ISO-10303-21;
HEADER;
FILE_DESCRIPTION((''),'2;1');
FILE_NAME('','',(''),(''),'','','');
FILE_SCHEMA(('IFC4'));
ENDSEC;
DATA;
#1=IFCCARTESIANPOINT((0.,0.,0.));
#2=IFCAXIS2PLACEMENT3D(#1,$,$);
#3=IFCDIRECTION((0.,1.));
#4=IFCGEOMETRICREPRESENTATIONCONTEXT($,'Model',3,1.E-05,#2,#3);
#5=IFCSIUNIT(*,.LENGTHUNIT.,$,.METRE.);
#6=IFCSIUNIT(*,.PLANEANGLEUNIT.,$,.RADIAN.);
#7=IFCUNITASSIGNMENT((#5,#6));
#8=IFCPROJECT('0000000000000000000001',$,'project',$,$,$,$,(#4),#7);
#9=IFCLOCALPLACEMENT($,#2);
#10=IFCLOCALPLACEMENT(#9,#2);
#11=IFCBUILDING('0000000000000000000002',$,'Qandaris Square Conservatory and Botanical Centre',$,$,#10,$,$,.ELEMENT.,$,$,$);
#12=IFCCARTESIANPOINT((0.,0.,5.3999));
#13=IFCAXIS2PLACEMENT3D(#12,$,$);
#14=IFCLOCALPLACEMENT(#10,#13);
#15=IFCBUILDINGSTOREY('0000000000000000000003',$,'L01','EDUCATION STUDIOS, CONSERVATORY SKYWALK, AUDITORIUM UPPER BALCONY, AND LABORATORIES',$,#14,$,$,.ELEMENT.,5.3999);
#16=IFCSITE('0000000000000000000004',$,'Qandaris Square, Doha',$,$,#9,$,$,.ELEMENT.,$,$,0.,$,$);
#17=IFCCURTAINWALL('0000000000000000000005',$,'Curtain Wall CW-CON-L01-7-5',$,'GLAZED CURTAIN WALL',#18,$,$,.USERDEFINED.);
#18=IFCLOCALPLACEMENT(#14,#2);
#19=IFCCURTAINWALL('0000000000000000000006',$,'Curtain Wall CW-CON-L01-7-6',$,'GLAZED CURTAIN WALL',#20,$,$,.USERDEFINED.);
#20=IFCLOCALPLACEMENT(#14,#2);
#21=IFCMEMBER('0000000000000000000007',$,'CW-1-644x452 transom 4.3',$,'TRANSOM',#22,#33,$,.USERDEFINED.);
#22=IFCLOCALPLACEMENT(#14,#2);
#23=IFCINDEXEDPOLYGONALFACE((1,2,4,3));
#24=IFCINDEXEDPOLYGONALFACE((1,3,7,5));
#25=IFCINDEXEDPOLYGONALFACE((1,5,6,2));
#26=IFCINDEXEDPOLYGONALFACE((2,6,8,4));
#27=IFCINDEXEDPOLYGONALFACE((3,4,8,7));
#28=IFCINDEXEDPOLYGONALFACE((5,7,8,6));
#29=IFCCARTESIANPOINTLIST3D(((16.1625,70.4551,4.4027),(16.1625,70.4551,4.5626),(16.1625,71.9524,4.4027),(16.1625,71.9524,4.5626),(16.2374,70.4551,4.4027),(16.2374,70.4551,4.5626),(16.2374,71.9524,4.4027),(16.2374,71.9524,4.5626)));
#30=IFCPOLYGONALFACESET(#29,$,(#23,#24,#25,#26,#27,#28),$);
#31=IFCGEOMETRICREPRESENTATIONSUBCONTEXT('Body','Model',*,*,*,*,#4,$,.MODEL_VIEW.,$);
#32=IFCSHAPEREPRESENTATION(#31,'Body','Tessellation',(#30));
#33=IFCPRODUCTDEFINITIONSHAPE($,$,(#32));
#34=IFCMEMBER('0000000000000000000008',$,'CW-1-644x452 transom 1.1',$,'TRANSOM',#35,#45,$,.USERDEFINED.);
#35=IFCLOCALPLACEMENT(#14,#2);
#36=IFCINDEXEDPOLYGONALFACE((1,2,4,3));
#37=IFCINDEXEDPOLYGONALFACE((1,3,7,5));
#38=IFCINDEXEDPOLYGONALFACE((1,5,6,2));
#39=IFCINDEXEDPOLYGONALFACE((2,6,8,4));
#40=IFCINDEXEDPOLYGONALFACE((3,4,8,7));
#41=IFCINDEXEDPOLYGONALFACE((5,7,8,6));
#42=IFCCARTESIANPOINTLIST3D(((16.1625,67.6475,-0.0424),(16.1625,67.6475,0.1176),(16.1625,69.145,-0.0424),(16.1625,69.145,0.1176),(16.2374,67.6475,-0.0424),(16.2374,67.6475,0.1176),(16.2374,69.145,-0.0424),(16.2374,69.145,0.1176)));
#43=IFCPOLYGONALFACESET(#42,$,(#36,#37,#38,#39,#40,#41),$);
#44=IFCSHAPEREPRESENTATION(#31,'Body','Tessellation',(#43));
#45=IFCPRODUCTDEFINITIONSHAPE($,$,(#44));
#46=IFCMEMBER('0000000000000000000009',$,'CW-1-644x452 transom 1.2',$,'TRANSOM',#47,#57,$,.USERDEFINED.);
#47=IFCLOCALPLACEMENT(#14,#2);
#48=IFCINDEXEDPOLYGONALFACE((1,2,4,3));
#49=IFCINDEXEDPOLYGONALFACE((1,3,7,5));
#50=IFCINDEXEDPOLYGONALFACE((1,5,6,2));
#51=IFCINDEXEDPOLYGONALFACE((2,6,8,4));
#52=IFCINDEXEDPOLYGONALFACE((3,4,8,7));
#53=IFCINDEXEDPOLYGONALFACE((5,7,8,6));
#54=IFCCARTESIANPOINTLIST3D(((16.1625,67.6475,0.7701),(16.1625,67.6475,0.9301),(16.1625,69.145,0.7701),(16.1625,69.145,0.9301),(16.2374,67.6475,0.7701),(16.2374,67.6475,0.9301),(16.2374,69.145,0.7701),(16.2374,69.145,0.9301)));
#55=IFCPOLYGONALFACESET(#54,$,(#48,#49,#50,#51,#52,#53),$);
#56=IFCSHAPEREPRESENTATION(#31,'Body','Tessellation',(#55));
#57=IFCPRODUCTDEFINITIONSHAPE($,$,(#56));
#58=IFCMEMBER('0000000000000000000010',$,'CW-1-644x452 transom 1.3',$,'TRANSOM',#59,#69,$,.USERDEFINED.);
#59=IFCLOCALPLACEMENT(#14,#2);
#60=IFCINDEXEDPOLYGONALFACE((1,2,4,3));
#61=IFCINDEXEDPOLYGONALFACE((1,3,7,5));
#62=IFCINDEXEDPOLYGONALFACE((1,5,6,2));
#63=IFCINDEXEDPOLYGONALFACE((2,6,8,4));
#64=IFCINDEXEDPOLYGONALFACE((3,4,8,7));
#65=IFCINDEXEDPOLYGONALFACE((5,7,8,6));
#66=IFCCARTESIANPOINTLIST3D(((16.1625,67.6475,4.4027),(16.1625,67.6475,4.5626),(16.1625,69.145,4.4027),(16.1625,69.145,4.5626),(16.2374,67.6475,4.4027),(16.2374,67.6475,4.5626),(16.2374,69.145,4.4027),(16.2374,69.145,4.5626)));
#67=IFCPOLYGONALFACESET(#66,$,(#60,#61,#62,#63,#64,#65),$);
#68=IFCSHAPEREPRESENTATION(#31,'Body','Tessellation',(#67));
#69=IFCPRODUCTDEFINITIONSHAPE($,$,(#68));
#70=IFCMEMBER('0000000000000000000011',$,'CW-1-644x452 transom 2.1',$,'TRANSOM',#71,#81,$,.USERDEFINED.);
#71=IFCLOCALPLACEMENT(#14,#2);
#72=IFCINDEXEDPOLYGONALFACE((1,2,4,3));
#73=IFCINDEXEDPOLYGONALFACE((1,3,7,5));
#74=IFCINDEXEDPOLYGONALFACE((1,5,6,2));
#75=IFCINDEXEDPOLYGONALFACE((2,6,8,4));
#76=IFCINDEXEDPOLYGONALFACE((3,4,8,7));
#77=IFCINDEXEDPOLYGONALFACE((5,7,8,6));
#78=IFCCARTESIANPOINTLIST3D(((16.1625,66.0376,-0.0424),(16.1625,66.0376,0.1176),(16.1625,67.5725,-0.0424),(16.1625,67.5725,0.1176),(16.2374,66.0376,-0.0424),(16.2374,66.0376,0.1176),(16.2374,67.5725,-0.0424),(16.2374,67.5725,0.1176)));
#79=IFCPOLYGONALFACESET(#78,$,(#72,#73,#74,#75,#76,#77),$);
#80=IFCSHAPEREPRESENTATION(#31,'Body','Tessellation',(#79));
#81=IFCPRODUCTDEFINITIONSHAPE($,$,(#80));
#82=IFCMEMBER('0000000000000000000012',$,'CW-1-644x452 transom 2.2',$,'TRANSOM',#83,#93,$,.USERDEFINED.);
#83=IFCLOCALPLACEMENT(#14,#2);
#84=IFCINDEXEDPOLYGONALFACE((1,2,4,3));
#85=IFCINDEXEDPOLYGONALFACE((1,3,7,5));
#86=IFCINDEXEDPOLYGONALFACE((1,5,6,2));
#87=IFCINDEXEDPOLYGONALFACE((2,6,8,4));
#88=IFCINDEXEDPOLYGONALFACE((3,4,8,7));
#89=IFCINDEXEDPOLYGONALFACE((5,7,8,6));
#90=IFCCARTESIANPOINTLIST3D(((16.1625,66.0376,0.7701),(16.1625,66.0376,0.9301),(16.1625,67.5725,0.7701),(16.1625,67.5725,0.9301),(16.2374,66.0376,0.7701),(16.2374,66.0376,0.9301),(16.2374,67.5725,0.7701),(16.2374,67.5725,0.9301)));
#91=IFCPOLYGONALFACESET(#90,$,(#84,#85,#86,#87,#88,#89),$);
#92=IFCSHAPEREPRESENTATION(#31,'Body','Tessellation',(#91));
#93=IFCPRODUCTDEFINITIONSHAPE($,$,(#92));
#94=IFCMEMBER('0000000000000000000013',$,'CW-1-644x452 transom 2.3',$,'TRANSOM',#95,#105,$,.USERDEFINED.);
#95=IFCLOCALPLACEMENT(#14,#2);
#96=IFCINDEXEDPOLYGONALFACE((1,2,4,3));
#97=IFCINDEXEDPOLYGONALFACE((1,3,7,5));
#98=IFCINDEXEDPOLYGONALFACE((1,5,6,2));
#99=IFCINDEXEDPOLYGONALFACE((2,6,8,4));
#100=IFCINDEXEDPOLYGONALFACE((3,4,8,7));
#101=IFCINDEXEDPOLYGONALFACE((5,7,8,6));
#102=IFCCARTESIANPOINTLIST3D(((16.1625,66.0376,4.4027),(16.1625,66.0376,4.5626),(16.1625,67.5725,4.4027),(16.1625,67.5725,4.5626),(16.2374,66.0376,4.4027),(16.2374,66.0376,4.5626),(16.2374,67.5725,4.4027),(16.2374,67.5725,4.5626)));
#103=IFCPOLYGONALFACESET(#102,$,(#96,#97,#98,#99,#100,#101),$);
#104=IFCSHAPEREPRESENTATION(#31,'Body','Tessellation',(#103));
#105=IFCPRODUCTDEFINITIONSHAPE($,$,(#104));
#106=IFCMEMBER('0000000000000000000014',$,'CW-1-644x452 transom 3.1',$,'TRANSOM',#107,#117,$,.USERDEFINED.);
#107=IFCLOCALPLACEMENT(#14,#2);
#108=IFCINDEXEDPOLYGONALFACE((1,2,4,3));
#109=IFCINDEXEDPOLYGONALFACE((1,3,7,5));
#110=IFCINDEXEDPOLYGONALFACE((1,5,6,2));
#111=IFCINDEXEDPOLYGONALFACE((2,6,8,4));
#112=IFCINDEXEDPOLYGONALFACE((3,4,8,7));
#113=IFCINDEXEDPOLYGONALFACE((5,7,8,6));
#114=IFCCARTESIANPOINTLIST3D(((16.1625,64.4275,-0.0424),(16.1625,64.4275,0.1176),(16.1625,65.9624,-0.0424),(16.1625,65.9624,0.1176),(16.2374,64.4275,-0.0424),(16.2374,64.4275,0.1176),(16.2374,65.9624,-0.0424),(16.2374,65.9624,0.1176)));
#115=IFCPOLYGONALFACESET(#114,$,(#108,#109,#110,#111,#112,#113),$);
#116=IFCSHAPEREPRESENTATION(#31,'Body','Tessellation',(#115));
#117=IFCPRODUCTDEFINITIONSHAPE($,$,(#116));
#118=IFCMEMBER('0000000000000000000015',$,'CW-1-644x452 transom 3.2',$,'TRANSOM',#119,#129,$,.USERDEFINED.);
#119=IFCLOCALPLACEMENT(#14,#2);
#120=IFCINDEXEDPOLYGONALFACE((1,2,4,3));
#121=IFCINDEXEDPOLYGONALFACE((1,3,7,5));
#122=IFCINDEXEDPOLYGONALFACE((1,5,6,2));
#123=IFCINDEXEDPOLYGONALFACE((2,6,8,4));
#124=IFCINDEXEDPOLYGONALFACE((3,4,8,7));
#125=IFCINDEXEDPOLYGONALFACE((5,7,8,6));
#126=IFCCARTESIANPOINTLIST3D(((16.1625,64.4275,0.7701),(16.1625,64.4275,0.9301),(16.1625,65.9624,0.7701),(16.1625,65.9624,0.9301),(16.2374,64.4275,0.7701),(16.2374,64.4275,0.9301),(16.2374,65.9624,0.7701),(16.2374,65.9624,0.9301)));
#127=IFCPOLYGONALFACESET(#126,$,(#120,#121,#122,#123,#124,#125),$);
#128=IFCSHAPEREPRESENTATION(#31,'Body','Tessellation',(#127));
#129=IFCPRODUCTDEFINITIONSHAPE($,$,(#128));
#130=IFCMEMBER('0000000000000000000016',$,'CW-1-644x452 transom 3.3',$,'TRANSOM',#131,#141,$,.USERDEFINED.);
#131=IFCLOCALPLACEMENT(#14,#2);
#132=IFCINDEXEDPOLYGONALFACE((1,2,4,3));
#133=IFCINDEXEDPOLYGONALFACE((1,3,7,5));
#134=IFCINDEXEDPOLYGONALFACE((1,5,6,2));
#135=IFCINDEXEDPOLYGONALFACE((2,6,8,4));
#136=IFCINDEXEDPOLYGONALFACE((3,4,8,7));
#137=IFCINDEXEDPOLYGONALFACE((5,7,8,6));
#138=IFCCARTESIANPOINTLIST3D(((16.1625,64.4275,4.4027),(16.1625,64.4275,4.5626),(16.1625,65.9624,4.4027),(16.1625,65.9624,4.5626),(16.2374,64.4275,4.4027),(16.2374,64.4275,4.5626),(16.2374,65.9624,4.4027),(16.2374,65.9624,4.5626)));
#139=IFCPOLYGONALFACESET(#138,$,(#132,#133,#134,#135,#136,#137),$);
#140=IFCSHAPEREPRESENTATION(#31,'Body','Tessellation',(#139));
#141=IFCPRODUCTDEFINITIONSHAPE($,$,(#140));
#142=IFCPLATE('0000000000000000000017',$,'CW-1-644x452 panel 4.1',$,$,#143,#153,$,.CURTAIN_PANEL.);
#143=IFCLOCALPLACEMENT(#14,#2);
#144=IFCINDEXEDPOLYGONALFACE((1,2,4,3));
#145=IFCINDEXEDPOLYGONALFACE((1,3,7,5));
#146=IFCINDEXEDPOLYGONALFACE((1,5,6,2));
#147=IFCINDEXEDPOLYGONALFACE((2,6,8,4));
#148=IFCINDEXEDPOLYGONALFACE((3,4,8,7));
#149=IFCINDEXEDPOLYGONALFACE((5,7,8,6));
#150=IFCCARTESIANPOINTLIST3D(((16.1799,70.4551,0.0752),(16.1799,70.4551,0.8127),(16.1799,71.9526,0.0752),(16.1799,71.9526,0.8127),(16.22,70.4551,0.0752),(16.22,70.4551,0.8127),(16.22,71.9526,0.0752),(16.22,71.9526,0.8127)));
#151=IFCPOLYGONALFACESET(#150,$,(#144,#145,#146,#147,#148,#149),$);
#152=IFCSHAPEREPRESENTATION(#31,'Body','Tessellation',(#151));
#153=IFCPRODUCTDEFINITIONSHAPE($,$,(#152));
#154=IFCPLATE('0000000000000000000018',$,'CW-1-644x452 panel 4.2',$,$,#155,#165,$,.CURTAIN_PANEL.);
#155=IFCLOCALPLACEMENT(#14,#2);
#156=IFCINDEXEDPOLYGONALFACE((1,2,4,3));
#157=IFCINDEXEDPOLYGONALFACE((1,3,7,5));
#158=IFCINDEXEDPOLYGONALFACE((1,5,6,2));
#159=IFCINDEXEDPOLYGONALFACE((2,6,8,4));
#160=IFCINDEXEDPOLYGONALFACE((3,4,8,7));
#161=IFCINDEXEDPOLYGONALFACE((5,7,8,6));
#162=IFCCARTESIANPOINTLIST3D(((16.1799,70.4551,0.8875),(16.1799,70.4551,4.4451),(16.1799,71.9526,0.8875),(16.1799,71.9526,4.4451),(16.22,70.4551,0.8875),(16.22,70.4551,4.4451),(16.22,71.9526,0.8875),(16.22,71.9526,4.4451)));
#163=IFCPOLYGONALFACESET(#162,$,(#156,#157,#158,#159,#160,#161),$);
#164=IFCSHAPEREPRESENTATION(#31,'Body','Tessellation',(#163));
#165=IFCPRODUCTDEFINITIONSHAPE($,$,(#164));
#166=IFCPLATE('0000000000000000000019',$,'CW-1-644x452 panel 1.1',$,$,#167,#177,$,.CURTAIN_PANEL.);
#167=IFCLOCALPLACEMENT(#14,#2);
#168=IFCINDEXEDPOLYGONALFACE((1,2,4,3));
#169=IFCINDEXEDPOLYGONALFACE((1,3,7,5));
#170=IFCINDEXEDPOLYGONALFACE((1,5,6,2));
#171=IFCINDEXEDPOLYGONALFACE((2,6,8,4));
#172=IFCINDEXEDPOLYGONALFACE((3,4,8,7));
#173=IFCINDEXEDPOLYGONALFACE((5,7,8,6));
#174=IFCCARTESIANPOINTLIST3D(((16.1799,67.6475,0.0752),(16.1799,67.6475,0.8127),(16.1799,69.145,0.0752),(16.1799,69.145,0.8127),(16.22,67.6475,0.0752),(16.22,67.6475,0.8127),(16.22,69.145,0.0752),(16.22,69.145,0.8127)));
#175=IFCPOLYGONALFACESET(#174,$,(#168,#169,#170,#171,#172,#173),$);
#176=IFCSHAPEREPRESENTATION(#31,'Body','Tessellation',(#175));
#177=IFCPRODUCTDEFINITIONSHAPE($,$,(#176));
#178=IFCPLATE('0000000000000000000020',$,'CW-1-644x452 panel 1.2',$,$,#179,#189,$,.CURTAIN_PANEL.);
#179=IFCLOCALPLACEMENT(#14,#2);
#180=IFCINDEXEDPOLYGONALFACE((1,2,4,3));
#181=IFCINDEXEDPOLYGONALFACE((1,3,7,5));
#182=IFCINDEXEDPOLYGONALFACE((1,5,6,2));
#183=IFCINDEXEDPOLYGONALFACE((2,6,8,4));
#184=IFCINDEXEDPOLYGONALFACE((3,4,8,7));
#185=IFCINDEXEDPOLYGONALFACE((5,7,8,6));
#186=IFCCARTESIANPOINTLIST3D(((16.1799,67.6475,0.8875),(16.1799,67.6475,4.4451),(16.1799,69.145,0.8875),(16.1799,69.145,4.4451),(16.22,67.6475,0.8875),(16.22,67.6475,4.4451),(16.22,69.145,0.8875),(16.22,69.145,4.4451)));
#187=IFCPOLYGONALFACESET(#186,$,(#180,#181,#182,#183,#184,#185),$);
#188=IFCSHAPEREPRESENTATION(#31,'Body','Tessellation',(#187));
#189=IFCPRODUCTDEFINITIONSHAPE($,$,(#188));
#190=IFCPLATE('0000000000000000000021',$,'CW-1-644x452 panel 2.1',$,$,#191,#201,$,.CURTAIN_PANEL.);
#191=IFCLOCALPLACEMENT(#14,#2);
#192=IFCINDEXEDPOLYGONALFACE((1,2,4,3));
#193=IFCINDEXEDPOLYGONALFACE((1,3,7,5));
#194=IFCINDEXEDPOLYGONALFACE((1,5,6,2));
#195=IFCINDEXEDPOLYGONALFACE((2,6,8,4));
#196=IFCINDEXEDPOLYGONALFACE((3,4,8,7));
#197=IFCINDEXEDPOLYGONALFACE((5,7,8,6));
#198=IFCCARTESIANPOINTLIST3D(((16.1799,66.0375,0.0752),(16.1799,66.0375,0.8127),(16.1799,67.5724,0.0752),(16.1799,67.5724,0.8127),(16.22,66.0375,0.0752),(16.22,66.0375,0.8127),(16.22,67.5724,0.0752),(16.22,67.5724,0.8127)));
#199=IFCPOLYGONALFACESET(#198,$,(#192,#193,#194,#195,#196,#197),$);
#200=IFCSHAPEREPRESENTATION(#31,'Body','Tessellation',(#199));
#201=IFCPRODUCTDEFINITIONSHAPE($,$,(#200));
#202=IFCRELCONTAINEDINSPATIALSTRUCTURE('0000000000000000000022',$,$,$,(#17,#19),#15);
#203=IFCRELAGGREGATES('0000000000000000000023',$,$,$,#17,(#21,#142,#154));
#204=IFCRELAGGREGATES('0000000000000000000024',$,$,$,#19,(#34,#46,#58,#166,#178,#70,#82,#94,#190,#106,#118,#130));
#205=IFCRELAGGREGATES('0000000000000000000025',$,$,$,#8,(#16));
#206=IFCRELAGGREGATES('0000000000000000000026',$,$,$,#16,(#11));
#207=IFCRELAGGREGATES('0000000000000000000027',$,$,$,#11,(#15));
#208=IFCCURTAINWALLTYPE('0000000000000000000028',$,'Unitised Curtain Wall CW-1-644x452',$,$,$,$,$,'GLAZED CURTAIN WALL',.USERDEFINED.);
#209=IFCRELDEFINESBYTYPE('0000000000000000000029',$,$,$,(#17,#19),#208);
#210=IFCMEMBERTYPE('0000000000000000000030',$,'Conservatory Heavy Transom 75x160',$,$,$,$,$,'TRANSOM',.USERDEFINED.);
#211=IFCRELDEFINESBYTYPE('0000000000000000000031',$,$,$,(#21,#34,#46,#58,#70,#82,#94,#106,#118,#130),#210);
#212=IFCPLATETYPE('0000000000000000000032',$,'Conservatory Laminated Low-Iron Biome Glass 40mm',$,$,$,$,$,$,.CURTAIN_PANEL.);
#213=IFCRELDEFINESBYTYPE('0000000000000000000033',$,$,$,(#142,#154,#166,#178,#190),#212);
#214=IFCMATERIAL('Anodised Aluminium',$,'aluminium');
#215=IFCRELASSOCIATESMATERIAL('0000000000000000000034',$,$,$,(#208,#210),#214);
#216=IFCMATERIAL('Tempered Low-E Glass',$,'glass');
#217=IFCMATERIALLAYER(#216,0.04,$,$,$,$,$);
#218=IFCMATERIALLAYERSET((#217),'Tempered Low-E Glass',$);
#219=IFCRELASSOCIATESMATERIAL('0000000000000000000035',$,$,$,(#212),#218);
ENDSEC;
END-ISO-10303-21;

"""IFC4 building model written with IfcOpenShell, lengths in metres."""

from ifc_helpers import new_model, si_unit, direction, frame, origin, origin_2d, place, context, subcontext, project, spatial, rectangle, extrude, material, layer, layer_set, material_profile, profile_set, type_object, element, aggregate, save


model = new_model("IFC4")

# Units and contexts
model_context = context("Model", 3, precision=1e-05, world=origin(), true_north=direction((0.0, 1.0)))
body_context = subcontext(model_context, "Body", "Model", "MODEL_VIEW")
ifc_project = project(units=[si_unit("LENGTHUNIT", "METRE"), si_unit("PLANEANGLEUNIT", "RADIAN")], contexts=[model_context])

# Site, building, storey
site_placement = place(None, origin())
site = spatial("IfcSite", under=ifc_project, at=site_placement, Name="Qandaris Square, Doha", CompositionType="ELEMENT", RefElevation=0.0)
building_placement = place(site_placement, origin())
building = spatial("IfcBuilding", under=site, at=building_placement, Name="Qandaris Square Conservatory and Botanical Centre", CompositionType="ELEMENT")
storey_placement = place(building_placement, frame((0.0, 0.0, 5.3999)))
storey = spatial("IfcBuildingStorey", under=building, at=storey_placement, Name="L01", Description="EDUCATION STUDIOS, CONSERVATORY SKYWALK, AUDITORIUM UPPER BALCONY, AND LABORATORIES", CompositionType="ELEMENT", Elevation=5.3999)

# Curtain walls
ifc_material_1 = material(Name="Anodised Aluminium", Category="aluminium")
curtain_wall_type = type_object("IfcCurtainWallType", Name="Unitised Curtain Wall CW-1-644x452", ElementType="GLAZED CURTAIN WALL", PredefinedType="USERDEFINED", material=ifc_material_1)
curtain_wall_1_placement = place(storey_placement, origin())
curtain_wall_1 = element("IfcCurtainWall", 1, at=curtain_wall_1_placement, inside=storey, type_object=curtain_wall_type, Name="Curtain Wall CW-CON-L01-7-5", ObjectType="GLAZED CURTAIN WALL", PredefinedType="USERDEFINED")
curtain_wall_2_placement = place(storey_placement, origin())
curtain_wall_2 = element("IfcCurtainWall", 2, at=curtain_wall_2_placement, inside=storey, type_object=curtain_wall_type, Name="Curtain Wall CW-CON-L01-7-6", ObjectType="GLAZED CURTAIN WALL", PredefinedType="USERDEFINED")

# Members
ifc_material_profile_1 = material_profile(ifc_material_1, rectangle(XDim=0.075, YDim=0.1599, at=origin_2d()), Name="ALU-TRN 75x160")
ifc_profile_set_1 = profile_set([ifc_material_profile_1], Name="Anodised Aluminium")
member_type_1 = type_object("IfcMemberType", Name="Conservatory Heavy Transom 75x160", ElementType="TRANSOM", PredefinedType="USERDEFINED", material=ifc_profile_set_1)
member_1_placement = place(storey_placement, frame((16.2, 71.9524, 4.4827), z_axis=(0.0, -1.0, 0.0), x_axis=(1.0, 0.0, 0.0)))
member_1 = element("IfcMember", 3, at=member_1_placement, type_object=member_type_1, Name="CW-1-644x452 transom 4.3", ObjectType="TRANSOM", PredefinedType="USERDEFINED", context=body_context, shape_type="SweptSolid", body=[
    extrude(rectangle(XDim=0.075, YDim=0.1599, at=origin_2d()), origin(), (0.0, 0.0, 1.0), 1.4973),
])
member_2_placement = place(storey_placement, frame((16.2, 69.145, 0.0376), z_axis=(0.0, -1.0, 0.0), x_axis=(1.0, 0.0, 0.0)))
member_2 = element("IfcMember", 4, at=member_2_placement, type_object=member_type_1, Name="CW-1-644x452 transom 1.1", ObjectType="TRANSOM", PredefinedType="USERDEFINED", context=body_context, shape_type="SweptSolid", body=[
    extrude(rectangle(XDim=0.075, YDim=0.1599, at=origin_2d()), origin(), (0.0, 0.0, 1.0), 1.4976),
])
member_3_placement = place(storey_placement, frame((16.2, 69.145, 0.8501), z_axis=(0.0, -1.0, 0.0), x_axis=(1.0, 0.0, 0.0)))
member_3 = element("IfcMember", 5, at=member_3_placement, type_object=member_type_1, Name="CW-1-644x452 transom 1.2", ObjectType="TRANSOM", PredefinedType="USERDEFINED", context=body_context, shape_type="SweptSolid", body=[
    extrude(rectangle(XDim=0.075, YDim=0.1599, at=origin_2d()), origin(), (0.0, 0.0, 1.0), 1.4976),
])
member_4_placement = place(storey_placement, frame((16.2, 69.145, 4.4827), z_axis=(0.0, -1.0, 0.0), x_axis=(1.0, 0.0, 0.0)))
member_4 = element("IfcMember", 6, at=member_4_placement, type_object=member_type_1, Name="CW-1-644x452 transom 1.3", ObjectType="TRANSOM", PredefinedType="USERDEFINED", context=body_context, shape_type="SweptSolid", body=[
    extrude(rectangle(XDim=0.075, YDim=0.1599, at=origin_2d()), origin(), (0.0, 0.0, 1.0), 1.4976),
])
member_5_placement = place(storey_placement, frame((16.2, 67.5725, 0.0376), z_axis=(0.0, -1.0, 0.0), x_axis=(1.0, 0.0, 0.0)))
member_5 = element("IfcMember", 7, at=member_5_placement, type_object=member_type_1, Name="CW-1-644x452 transom 2.1", ObjectType="TRANSOM", PredefinedType="USERDEFINED", context=body_context, shape_type="SweptSolid", body=[
    extrude(rectangle(XDim=0.075, YDim=0.1599, at=origin_2d()), origin(), (0.0, 0.0, 1.0), 1.5349),
])
member_6_placement = place(storey_placement, frame((16.2, 67.5725, 0.8501), z_axis=(0.0, -1.0, 0.0), x_axis=(1.0, 0.0, 0.0)))
member_6 = element("IfcMember", 8, at=member_6_placement, type_object=member_type_1, Name="CW-1-644x452 transom 2.2", ObjectType="TRANSOM", PredefinedType="USERDEFINED", context=body_context, shape_type="SweptSolid", body=[
    extrude(rectangle(XDim=0.075, YDim=0.1599, at=origin_2d()), origin(), (0.0, 0.0, 1.0), 1.5349),
])
member_7_placement = place(storey_placement, frame((16.2, 67.5725, 4.4827), z_axis=(0.0, -1.0, 0.0), x_axis=(1.0, 0.0, 0.0)))
member_7 = element("IfcMember", 9, at=member_7_placement, type_object=member_type_1, Name="CW-1-644x452 transom 2.3", ObjectType="TRANSOM", PredefinedType="USERDEFINED", context=body_context, shape_type="SweptSolid", body=[
    extrude(rectangle(XDim=0.075, YDim=0.1599, at=origin_2d()), origin(), (0.0, 0.0, 1.0), 1.5349),
])
member_8_placement = place(storey_placement, frame((16.2, 65.9624, 0.0376), z_axis=(0.0, -1.0, 0.0), x_axis=(1.0, 0.0, 0.0)))
member_8 = element("IfcMember", 10, at=member_8_placement, type_object=member_type_1, Name="CW-1-644x452 transom 3.1", ObjectType="TRANSOM", PredefinedType="USERDEFINED", context=body_context, shape_type="SweptSolid", body=[
    extrude(rectangle(XDim=0.075, YDim=0.1599, at=origin_2d()), origin(), (0.0, 0.0, 1.0), 1.5349),
])
member_9_placement = place(storey_placement, frame((16.2, 65.9624, 0.8501), z_axis=(0.0, -1.0, 0.0), x_axis=(1.0, 0.0, 0.0)))
member_9 = element("IfcMember", 11, at=member_9_placement, type_object=member_type_1, Name="CW-1-644x452 transom 3.2", ObjectType="TRANSOM", PredefinedType="USERDEFINED", context=body_context, shape_type="SweptSolid", body=[
    extrude(rectangle(XDim=0.075, YDim=0.1599, at=origin_2d()), origin(), (0.0, 0.0, 1.0), 1.5349),
])
member_10_placement = place(storey_placement, frame((16.2, 65.9624, 4.4827), z_axis=(0.0, -1.0, 0.0), x_axis=(1.0, 0.0, 0.0)))
member_10 = element("IfcMember", 12, at=member_10_placement, type_object=member_type_1, Name="CW-1-644x452 transom 3.3", ObjectType="TRANSOM", PredefinedType="USERDEFINED", context=body_context, shape_type="SweptSolid", body=[
    extrude(rectangle(XDim=0.075, YDim=0.1599, at=origin_2d()), origin(), (0.0, 0.0, 1.0), 1.5349),
])

# Plates
ifc_material_2 = material(Name="Tempered Low-E Glass", Category="glass")
ifc_layer_1 = layer(ifc_material_2, 0.04)
ifc_layer_set_1 = layer_set([ifc_layer_1], Name="Tempered Low-E Glass")
plate_type_1 = type_object("IfcPlateType", Name="Conservatory Laminated Low-Iron Biome Glass 40mm", PredefinedType="CURTAIN_PANEL", material=ifc_layer_set_1)
plate_1_placement = place(storey_placement, frame((16.2, 71.2039, 0.0752), z_axis=(0.0, 0.0, 1.0), x_axis=(0.0, -1.0, 0.0)))
plate_1 = element("IfcPlate", 13, at=plate_1_placement, type_object=plate_type_1, Name="CW-1-644x452 panel 4.1", PredefinedType="CURTAIN_PANEL", context=body_context, shape_type="SweptSolid", body=[
    extrude(rectangle(XDim=1.4976, YDim=0.04, at=origin_2d()), origin(), (0.0, 0.0, 1.0), 0.7375),
])
plate_2_placement = place(storey_placement, frame((16.2, 71.2039, 0.8875), z_axis=(0.0, 0.0, 1.0), x_axis=(0.0, -1.0, 0.0)))
plate_2 = element("IfcPlate", 14, at=plate_2_placement, type_object=plate_type_1, Name="CW-1-644x452 panel 4.2", PredefinedType="CURTAIN_PANEL", context=body_context, shape_type="SweptSolid", body=[
    extrude(rectangle(XDim=1.4976, YDim=0.04, at=origin_2d()), origin(), (0.0, 0.0, 1.0), 3.5576),
])
aggregate(curtain_wall_1, [member_1, plate_1, plate_2])
plate_3_placement = place(storey_placement, frame((16.2, 68.3962, 0.0752), z_axis=(0.0, 0.0, 1.0), x_axis=(0.0, -1.0, 0.0)))
plate_3 = element("IfcPlate", 15, at=plate_3_placement, type_object=plate_type_1, Name="CW-1-644x452 panel 1.1", PredefinedType="CURTAIN_PANEL", context=body_context, shape_type="SweptSolid", body=[
    extrude(rectangle(XDim=1.4976, YDim=0.04, at=origin_2d()), origin(), (0.0, 0.0, 1.0), 0.7375),
])
plate_4_placement = place(storey_placement, frame((16.2, 68.3962, 0.8875), z_axis=(0.0, 0.0, 1.0), x_axis=(0.0, -1.0, 0.0)))
plate_4 = element("IfcPlate", 16, at=plate_4_placement, type_object=plate_type_1, Name="CW-1-644x452 panel 1.2", PredefinedType="CURTAIN_PANEL", context=body_context, shape_type="SweptSolid", body=[
    extrude(rectangle(XDim=1.4976, YDim=0.04, at=origin_2d()), origin(), (0.0, 0.0, 1.0), 3.5576),
])
plate_5_placement = place(storey_placement, frame((16.2, 66.8049, 0.0752), z_axis=(0.0, 0.0, 1.0), x_axis=(0.0, -1.0, 0.0)))
plate_5 = element("IfcPlate", 17, at=plate_5_placement, type_object=plate_type_1, Name="CW-1-644x452 panel 2.1", PredefinedType="CURTAIN_PANEL", context=body_context, shape_type="SweptSolid", body=[
    extrude(rectangle(XDim=1.5349, YDim=0.04, at=origin_2d()), origin(), (0.0, 0.0, 1.0), 0.7375),
])
aggregate(curtain_wall_2, [member_2, member_3, member_4, plate_3, plate_4, member_5, member_6, member_7, plate_5, member_8, member_9, member_10])

save(model, "model.ifc")
